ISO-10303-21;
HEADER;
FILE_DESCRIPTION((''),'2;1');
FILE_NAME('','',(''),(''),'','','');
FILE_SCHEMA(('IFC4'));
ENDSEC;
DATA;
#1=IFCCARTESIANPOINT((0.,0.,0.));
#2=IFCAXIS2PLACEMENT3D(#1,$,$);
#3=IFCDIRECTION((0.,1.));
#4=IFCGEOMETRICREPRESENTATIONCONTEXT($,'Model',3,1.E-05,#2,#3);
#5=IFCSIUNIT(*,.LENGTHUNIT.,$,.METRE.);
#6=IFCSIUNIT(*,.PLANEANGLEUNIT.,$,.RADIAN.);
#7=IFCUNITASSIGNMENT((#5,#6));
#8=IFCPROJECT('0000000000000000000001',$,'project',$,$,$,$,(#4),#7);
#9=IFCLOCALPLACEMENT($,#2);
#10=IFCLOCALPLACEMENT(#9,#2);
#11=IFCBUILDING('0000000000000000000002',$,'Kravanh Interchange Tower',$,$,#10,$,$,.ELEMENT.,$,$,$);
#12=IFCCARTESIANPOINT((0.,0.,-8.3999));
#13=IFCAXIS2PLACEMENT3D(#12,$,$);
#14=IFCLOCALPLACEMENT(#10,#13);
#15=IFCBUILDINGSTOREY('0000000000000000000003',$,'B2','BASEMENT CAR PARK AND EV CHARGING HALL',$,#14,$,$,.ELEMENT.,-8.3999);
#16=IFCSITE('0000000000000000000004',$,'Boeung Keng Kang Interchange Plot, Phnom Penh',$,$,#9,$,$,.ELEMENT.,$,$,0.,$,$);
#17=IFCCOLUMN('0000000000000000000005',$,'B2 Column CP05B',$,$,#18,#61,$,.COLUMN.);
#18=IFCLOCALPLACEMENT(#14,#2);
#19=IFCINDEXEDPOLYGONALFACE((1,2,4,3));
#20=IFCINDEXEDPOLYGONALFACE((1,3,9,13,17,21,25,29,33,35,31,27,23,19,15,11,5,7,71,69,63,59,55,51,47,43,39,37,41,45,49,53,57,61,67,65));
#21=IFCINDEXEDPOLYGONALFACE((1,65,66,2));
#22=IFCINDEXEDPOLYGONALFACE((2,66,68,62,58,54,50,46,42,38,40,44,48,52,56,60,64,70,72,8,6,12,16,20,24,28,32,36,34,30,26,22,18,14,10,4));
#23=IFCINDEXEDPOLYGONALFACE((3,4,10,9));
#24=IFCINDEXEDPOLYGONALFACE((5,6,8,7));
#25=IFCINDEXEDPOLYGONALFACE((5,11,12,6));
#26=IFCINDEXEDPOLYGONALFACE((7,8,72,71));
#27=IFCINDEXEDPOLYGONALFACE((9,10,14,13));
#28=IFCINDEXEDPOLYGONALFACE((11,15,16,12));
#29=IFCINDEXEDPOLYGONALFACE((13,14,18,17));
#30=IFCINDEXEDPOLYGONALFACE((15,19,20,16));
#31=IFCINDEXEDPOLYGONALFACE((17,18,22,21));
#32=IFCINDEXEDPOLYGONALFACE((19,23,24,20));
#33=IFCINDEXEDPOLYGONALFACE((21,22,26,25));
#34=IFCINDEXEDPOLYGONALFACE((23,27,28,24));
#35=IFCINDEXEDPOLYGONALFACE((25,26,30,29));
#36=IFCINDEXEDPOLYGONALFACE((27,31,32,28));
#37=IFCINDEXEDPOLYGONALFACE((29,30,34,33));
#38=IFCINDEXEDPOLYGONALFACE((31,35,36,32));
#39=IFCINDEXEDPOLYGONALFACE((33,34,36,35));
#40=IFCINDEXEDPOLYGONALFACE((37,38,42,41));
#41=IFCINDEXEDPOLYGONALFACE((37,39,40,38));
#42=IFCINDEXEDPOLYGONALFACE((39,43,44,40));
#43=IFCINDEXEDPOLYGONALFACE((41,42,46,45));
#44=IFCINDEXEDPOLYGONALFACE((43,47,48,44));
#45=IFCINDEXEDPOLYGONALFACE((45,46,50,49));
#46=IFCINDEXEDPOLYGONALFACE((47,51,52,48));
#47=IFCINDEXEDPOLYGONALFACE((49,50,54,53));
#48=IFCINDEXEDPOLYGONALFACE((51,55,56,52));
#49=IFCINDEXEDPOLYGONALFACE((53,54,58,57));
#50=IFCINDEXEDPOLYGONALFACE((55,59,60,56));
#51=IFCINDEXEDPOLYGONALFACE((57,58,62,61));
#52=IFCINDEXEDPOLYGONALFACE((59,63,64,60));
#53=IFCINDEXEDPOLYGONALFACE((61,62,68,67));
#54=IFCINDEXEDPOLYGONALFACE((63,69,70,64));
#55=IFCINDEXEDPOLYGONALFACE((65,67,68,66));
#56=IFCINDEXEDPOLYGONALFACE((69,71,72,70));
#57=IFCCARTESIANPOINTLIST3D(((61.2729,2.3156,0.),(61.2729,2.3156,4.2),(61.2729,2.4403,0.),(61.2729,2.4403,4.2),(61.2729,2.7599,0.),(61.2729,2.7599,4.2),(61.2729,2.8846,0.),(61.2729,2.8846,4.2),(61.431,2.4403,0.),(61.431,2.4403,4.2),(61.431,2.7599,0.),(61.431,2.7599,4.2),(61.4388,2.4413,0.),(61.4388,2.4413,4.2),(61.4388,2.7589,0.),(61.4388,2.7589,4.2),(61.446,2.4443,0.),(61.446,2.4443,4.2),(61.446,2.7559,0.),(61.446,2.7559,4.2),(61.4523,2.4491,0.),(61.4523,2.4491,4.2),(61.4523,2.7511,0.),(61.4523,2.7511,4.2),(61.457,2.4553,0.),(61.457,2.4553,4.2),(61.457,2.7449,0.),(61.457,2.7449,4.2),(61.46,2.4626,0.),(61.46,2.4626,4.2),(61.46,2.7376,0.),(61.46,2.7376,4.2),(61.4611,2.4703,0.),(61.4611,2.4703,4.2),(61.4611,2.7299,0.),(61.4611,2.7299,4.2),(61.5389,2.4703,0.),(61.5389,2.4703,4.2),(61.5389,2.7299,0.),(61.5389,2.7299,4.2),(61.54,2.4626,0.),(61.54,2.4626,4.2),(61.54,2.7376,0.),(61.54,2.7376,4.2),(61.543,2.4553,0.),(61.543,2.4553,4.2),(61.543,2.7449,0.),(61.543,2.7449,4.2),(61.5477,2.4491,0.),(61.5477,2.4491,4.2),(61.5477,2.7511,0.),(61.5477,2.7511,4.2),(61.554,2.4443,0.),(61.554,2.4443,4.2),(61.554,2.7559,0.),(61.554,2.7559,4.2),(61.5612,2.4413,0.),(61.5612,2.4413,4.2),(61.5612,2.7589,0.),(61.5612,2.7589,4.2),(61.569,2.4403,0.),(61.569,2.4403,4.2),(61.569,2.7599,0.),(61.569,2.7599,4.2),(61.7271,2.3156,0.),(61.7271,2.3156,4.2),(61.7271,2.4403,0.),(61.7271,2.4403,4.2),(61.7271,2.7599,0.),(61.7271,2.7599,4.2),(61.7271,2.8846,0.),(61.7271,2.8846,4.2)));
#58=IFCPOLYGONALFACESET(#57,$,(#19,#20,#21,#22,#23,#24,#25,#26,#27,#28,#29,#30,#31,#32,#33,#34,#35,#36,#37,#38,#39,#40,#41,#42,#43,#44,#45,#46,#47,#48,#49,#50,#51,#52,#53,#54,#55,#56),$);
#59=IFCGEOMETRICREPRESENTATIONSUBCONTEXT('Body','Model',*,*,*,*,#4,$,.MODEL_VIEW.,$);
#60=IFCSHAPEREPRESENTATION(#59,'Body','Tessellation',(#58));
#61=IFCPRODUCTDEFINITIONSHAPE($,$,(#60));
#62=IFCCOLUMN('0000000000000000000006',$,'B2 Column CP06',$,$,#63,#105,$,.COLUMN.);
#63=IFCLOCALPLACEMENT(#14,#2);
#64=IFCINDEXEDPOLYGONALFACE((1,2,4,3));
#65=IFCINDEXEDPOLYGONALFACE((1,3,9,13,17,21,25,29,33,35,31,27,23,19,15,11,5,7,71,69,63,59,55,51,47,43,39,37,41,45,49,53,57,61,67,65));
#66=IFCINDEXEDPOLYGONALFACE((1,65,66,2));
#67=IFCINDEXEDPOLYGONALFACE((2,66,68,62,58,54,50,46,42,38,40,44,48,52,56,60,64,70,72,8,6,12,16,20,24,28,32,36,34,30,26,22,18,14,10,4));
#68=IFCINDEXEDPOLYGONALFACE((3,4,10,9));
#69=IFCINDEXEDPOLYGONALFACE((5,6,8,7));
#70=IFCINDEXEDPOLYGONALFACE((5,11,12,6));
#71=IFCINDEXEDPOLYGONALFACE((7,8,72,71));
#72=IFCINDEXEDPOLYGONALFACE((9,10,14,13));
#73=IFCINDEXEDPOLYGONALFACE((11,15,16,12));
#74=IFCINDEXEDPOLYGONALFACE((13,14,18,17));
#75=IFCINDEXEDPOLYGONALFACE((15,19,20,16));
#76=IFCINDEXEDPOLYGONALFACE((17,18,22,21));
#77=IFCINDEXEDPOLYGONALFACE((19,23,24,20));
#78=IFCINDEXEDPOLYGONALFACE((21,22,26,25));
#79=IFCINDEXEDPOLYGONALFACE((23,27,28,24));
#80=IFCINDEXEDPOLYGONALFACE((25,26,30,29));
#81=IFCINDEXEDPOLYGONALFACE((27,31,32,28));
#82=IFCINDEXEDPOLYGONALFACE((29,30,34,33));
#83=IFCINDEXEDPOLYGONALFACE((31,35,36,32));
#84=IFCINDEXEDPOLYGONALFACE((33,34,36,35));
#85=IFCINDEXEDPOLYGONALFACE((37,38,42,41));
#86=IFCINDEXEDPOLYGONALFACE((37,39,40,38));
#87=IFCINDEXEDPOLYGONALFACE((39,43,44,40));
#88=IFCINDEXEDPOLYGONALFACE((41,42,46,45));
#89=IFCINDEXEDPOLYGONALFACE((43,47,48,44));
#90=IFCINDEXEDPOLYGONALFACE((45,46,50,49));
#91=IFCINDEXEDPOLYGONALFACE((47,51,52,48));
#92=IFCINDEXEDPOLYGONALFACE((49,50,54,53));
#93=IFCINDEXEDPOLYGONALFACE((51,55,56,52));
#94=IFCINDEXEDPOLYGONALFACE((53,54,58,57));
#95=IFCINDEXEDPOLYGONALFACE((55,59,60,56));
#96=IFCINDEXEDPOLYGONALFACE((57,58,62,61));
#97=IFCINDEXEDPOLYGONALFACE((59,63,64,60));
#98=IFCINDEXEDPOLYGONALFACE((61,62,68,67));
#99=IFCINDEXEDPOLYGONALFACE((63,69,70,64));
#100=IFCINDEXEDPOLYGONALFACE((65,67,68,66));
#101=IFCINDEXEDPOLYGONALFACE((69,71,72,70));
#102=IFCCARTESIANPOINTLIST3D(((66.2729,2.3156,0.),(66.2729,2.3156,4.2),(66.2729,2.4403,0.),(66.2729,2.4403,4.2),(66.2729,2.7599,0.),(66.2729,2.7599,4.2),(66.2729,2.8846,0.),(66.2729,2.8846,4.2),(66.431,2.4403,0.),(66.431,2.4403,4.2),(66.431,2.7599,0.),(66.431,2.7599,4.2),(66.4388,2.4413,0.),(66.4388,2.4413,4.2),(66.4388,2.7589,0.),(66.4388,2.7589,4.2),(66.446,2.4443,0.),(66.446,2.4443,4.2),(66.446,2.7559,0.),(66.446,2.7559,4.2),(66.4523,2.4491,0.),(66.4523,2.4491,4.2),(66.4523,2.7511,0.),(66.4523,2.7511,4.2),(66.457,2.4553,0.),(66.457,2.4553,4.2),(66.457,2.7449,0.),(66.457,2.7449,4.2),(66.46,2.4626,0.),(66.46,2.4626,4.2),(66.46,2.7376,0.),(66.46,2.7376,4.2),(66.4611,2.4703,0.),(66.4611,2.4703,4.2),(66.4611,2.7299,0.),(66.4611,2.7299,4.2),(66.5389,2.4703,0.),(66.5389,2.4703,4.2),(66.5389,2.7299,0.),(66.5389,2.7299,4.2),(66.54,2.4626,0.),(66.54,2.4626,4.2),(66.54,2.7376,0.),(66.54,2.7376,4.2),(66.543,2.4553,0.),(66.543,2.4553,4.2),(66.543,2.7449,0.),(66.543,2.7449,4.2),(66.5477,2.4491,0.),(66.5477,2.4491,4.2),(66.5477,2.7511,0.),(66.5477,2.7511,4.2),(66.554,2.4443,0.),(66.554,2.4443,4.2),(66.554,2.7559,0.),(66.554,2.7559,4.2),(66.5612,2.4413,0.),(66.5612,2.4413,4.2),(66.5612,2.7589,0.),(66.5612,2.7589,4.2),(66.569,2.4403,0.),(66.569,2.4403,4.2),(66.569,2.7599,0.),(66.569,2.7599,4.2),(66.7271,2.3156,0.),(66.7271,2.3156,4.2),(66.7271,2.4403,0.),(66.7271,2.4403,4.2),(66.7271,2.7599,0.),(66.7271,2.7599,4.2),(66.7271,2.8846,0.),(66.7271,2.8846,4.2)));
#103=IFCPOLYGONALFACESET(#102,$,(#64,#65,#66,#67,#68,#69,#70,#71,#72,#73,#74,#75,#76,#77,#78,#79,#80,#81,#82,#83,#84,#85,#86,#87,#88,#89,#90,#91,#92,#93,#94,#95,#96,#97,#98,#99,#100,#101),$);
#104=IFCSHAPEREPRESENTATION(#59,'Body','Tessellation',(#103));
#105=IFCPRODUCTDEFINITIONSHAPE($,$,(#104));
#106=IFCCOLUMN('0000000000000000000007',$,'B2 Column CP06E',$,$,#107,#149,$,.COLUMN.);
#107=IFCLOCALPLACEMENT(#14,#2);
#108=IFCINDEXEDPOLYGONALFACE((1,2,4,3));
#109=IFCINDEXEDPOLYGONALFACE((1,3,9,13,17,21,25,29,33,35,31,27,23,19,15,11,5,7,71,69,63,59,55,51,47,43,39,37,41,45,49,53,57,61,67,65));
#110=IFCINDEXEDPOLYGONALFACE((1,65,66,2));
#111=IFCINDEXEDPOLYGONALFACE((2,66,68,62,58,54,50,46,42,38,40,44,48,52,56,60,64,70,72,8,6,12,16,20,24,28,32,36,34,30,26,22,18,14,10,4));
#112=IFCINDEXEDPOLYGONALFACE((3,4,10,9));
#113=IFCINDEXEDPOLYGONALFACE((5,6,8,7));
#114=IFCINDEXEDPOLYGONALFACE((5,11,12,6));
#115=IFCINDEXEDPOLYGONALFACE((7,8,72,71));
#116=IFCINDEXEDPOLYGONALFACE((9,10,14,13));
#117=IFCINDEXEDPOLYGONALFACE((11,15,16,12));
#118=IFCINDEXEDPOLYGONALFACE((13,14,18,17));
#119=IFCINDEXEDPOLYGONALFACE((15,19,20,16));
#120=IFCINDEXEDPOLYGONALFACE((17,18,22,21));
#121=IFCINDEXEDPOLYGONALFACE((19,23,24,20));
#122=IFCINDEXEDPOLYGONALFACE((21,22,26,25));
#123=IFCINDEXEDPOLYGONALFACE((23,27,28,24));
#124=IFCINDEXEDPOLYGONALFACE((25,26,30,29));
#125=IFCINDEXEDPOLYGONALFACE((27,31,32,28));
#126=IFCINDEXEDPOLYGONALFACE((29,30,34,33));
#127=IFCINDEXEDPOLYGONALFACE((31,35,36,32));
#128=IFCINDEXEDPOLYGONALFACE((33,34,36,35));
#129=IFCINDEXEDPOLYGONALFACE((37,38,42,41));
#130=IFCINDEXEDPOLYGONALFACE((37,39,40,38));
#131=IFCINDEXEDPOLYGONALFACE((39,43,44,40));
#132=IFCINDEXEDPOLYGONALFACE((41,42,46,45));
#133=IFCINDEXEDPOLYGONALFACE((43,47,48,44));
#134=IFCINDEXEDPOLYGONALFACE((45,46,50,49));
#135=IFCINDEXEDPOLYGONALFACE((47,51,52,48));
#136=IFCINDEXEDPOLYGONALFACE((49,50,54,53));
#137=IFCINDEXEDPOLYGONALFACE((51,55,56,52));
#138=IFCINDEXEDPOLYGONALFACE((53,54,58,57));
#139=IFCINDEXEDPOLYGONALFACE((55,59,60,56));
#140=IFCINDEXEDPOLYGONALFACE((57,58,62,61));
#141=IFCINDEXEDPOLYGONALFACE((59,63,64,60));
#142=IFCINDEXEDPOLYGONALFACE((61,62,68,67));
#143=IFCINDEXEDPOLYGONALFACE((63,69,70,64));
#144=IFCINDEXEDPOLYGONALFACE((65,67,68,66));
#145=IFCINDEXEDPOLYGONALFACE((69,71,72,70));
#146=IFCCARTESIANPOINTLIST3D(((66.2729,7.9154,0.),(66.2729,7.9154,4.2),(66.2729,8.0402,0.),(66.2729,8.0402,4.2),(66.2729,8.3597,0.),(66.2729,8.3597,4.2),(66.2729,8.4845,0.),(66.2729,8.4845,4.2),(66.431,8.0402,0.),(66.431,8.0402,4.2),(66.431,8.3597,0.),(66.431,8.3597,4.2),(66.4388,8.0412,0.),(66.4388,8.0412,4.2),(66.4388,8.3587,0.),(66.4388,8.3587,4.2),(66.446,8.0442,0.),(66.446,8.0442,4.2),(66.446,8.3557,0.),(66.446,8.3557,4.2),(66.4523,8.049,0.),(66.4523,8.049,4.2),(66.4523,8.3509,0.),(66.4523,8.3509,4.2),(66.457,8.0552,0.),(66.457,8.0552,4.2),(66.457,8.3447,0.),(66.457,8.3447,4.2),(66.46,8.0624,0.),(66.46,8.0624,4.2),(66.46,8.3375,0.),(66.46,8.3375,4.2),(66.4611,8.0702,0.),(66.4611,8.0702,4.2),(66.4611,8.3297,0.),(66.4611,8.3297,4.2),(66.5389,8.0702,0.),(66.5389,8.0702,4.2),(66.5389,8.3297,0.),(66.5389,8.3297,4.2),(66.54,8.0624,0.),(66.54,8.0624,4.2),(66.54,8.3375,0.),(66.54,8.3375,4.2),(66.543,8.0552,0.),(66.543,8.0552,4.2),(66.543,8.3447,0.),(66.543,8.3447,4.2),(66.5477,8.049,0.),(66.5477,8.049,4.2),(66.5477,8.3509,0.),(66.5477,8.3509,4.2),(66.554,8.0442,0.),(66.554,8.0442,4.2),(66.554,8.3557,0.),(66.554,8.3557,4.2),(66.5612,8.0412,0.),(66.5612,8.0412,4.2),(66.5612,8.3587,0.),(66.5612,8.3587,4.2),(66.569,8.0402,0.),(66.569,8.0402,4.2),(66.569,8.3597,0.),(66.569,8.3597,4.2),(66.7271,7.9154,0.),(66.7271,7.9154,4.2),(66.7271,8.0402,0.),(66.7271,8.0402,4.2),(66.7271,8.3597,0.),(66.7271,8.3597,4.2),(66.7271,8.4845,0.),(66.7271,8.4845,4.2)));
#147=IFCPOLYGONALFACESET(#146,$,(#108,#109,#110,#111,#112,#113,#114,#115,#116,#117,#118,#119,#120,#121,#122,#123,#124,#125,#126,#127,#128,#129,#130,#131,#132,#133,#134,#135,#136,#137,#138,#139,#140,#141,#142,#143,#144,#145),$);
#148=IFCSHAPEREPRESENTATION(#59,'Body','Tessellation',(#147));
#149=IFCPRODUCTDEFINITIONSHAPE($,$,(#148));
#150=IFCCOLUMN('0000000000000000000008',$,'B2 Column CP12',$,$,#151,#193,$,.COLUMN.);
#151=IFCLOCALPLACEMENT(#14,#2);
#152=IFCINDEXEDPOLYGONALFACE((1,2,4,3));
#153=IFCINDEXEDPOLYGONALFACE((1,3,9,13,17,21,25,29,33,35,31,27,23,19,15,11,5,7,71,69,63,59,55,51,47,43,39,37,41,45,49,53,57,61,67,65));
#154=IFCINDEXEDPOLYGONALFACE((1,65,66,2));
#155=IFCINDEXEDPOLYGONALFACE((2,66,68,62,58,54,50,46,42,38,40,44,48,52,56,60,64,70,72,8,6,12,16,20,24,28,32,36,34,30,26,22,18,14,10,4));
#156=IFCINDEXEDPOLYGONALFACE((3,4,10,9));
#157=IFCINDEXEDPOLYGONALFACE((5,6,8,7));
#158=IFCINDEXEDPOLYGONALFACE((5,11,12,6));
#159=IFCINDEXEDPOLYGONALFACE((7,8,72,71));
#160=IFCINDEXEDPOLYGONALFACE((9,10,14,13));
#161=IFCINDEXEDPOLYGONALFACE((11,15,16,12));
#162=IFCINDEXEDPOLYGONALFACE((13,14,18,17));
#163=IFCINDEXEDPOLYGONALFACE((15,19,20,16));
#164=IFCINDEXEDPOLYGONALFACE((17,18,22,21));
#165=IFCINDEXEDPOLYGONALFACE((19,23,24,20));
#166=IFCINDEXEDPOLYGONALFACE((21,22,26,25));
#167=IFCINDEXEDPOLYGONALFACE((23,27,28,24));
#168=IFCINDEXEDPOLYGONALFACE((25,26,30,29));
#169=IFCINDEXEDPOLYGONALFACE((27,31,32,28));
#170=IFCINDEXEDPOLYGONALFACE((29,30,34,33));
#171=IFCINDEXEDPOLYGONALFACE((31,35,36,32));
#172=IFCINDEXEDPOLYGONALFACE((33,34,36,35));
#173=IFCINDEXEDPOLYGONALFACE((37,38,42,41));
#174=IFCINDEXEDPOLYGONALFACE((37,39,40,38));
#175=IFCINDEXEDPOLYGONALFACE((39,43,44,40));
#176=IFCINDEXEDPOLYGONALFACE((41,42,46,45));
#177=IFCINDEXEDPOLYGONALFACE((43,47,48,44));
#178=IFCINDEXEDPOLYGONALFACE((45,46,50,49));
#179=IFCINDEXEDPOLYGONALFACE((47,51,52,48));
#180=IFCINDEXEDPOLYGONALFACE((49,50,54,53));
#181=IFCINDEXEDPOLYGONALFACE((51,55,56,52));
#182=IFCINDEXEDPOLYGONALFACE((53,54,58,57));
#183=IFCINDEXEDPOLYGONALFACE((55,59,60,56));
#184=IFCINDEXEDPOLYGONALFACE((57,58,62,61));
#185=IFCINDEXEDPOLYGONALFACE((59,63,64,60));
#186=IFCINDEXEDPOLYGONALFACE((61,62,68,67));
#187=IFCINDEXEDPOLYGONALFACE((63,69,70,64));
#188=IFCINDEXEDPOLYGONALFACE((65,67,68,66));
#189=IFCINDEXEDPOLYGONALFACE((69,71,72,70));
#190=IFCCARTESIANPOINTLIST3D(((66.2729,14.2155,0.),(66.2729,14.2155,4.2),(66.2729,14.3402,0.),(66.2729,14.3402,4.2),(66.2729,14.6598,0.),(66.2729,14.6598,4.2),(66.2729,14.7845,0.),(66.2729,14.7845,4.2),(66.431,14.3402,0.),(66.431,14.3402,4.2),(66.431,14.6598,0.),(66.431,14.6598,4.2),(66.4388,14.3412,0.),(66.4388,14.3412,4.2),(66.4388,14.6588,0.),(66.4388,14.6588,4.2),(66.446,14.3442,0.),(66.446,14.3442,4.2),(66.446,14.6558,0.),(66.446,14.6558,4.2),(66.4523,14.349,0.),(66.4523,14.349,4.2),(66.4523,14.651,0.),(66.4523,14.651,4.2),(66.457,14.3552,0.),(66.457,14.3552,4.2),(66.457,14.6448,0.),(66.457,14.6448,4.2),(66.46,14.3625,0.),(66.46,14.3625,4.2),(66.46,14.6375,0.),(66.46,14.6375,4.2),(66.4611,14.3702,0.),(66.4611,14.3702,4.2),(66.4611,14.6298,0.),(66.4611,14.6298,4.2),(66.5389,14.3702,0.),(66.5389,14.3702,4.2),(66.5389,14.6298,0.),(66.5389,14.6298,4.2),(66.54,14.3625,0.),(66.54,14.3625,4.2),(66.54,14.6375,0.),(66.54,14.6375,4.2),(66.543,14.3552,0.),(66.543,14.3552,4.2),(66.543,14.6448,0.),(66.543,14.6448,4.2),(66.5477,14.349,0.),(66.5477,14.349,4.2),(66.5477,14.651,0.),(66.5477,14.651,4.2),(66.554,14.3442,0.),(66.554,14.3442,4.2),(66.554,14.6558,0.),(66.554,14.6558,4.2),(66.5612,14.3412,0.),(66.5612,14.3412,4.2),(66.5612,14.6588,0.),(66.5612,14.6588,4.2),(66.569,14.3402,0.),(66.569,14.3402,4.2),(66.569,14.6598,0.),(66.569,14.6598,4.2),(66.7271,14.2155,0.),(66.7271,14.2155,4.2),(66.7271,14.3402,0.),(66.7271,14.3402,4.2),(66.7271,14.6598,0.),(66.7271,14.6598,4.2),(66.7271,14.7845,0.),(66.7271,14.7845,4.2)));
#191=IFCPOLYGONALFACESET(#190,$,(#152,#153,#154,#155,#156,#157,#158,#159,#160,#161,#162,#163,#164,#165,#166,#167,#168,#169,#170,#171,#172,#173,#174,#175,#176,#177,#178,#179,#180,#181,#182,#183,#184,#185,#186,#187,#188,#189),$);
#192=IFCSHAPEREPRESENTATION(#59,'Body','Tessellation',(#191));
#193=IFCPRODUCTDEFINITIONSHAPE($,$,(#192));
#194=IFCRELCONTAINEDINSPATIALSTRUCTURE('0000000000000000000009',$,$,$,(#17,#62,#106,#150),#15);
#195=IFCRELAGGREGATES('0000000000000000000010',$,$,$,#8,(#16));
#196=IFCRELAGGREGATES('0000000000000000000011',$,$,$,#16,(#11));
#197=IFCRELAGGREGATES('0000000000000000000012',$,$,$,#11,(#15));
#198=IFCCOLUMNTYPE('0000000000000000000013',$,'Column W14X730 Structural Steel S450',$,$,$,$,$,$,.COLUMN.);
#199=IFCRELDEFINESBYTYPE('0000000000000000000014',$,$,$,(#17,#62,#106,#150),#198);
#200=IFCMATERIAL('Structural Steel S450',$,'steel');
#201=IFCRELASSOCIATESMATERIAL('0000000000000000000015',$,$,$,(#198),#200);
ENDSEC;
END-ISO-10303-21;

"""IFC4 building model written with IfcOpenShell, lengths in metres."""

from ifc_helpers import new_model, si_unit, direction, frame, origin, origin_2d, place, context, subcontext, project, spatial, i_section, extrude, material, material_profile, profile_set, type_object, element, save


model = new_model("IFC4")

# Units and contexts
model_context = context("Model", 3, precision=1e-05, world=origin(), true_north=direction((0.0, 1.0)))
body_context = subcontext(model_context, "Body", "Model", "MODEL_VIEW")
ifc_project = project(units=[si_unit("LENGTHUNIT", "METRE"), si_unit("PLANEANGLEUNIT", "RADIAN")], contexts=[model_context])

# Site, building, storey
site_placement = place(None, origin())
site = spatial("IfcSite", under=ifc_project, at=site_placement, Name="Boeung Keng Kang Interchange Plot, Phnom Penh", CompositionType="ELEMENT", RefElevation=0.0)
building_placement = place(site_placement, origin())
building = spatial("IfcBuilding", under=site, at=building_placement, Name="Kravanh Interchange Tower", CompositionType="ELEMENT")
storey_placement = place(building_placement, frame((0.0, 0.0, -8.3999)))
storey = spatial("IfcBuildingStorey", under=building, at=storey_placement, Name="B2", Description="BASEMENT CAR PARK AND EV CHARGING HALL", CompositionType="ELEMENT", Elevation=-8.3999)

# Columns
ifc_material_1 = material(Name="Structural Steel S450", Category="steel")
ifc_material_profile_1 = material_profile(ifc_material_1, i_section(OverallWidth=0.4541, OverallDepth=0.5691, WebThickness=0.0779, FlangeThickness=0.1248, FilletRadius=0.03, at=origin_2d()), Name="W14X730")
ifc_profile_set_1 = profile_set([ifc_material_profile_1], Name="Structural Steel S450")
column_type = type_object("IfcColumnType", Name="Column W14X730 Structural Steel S450", PredefinedType="COLUMN", material=ifc_profile_set_1)
for number, where, z_axis, x_axis, name in (
    (1, (61.5, 2.6001, 0.0), (0.0, 0.0, 1.0), (1.0, 0.0, 0.0), "B2 Column CP05B"),
    (2, (66.5, 2.6001, 0.0), (0.0, 0.0, 1.0), (1.0, 0.0, 0.0), "B2 Column CP06"),
    (3, (66.5, 8.2, 0.0), (0.0, 0.0, 1.0), (1.0, 0.0, 0.0), "B2 Column CP06E"),
    (4, (66.5, 14.5, 0.0), (0.0, 0.0, 1.0), (1.0, 0.0, 0.0), "B2 Column CP12"),
):
    element("IfcColumn", number, at=place(storey_placement, frame(where, z_axis=z_axis, x_axis=x_axis)), inside=storey, type_object=column_type, Name=name, PredefinedType="COLUMN", context=body_context, shape_type="SweptSolid", body=[
        extrude(i_section(OverallWidth=0.4541, OverallDepth=0.5691, WebThickness=0.0779, FlangeThickness=0.1248, FilletRadius=0.03, at=origin_2d()), origin(), (0.0, 0.0, 1.0), 4.2),
    ])

save(model, "model.ifc")
